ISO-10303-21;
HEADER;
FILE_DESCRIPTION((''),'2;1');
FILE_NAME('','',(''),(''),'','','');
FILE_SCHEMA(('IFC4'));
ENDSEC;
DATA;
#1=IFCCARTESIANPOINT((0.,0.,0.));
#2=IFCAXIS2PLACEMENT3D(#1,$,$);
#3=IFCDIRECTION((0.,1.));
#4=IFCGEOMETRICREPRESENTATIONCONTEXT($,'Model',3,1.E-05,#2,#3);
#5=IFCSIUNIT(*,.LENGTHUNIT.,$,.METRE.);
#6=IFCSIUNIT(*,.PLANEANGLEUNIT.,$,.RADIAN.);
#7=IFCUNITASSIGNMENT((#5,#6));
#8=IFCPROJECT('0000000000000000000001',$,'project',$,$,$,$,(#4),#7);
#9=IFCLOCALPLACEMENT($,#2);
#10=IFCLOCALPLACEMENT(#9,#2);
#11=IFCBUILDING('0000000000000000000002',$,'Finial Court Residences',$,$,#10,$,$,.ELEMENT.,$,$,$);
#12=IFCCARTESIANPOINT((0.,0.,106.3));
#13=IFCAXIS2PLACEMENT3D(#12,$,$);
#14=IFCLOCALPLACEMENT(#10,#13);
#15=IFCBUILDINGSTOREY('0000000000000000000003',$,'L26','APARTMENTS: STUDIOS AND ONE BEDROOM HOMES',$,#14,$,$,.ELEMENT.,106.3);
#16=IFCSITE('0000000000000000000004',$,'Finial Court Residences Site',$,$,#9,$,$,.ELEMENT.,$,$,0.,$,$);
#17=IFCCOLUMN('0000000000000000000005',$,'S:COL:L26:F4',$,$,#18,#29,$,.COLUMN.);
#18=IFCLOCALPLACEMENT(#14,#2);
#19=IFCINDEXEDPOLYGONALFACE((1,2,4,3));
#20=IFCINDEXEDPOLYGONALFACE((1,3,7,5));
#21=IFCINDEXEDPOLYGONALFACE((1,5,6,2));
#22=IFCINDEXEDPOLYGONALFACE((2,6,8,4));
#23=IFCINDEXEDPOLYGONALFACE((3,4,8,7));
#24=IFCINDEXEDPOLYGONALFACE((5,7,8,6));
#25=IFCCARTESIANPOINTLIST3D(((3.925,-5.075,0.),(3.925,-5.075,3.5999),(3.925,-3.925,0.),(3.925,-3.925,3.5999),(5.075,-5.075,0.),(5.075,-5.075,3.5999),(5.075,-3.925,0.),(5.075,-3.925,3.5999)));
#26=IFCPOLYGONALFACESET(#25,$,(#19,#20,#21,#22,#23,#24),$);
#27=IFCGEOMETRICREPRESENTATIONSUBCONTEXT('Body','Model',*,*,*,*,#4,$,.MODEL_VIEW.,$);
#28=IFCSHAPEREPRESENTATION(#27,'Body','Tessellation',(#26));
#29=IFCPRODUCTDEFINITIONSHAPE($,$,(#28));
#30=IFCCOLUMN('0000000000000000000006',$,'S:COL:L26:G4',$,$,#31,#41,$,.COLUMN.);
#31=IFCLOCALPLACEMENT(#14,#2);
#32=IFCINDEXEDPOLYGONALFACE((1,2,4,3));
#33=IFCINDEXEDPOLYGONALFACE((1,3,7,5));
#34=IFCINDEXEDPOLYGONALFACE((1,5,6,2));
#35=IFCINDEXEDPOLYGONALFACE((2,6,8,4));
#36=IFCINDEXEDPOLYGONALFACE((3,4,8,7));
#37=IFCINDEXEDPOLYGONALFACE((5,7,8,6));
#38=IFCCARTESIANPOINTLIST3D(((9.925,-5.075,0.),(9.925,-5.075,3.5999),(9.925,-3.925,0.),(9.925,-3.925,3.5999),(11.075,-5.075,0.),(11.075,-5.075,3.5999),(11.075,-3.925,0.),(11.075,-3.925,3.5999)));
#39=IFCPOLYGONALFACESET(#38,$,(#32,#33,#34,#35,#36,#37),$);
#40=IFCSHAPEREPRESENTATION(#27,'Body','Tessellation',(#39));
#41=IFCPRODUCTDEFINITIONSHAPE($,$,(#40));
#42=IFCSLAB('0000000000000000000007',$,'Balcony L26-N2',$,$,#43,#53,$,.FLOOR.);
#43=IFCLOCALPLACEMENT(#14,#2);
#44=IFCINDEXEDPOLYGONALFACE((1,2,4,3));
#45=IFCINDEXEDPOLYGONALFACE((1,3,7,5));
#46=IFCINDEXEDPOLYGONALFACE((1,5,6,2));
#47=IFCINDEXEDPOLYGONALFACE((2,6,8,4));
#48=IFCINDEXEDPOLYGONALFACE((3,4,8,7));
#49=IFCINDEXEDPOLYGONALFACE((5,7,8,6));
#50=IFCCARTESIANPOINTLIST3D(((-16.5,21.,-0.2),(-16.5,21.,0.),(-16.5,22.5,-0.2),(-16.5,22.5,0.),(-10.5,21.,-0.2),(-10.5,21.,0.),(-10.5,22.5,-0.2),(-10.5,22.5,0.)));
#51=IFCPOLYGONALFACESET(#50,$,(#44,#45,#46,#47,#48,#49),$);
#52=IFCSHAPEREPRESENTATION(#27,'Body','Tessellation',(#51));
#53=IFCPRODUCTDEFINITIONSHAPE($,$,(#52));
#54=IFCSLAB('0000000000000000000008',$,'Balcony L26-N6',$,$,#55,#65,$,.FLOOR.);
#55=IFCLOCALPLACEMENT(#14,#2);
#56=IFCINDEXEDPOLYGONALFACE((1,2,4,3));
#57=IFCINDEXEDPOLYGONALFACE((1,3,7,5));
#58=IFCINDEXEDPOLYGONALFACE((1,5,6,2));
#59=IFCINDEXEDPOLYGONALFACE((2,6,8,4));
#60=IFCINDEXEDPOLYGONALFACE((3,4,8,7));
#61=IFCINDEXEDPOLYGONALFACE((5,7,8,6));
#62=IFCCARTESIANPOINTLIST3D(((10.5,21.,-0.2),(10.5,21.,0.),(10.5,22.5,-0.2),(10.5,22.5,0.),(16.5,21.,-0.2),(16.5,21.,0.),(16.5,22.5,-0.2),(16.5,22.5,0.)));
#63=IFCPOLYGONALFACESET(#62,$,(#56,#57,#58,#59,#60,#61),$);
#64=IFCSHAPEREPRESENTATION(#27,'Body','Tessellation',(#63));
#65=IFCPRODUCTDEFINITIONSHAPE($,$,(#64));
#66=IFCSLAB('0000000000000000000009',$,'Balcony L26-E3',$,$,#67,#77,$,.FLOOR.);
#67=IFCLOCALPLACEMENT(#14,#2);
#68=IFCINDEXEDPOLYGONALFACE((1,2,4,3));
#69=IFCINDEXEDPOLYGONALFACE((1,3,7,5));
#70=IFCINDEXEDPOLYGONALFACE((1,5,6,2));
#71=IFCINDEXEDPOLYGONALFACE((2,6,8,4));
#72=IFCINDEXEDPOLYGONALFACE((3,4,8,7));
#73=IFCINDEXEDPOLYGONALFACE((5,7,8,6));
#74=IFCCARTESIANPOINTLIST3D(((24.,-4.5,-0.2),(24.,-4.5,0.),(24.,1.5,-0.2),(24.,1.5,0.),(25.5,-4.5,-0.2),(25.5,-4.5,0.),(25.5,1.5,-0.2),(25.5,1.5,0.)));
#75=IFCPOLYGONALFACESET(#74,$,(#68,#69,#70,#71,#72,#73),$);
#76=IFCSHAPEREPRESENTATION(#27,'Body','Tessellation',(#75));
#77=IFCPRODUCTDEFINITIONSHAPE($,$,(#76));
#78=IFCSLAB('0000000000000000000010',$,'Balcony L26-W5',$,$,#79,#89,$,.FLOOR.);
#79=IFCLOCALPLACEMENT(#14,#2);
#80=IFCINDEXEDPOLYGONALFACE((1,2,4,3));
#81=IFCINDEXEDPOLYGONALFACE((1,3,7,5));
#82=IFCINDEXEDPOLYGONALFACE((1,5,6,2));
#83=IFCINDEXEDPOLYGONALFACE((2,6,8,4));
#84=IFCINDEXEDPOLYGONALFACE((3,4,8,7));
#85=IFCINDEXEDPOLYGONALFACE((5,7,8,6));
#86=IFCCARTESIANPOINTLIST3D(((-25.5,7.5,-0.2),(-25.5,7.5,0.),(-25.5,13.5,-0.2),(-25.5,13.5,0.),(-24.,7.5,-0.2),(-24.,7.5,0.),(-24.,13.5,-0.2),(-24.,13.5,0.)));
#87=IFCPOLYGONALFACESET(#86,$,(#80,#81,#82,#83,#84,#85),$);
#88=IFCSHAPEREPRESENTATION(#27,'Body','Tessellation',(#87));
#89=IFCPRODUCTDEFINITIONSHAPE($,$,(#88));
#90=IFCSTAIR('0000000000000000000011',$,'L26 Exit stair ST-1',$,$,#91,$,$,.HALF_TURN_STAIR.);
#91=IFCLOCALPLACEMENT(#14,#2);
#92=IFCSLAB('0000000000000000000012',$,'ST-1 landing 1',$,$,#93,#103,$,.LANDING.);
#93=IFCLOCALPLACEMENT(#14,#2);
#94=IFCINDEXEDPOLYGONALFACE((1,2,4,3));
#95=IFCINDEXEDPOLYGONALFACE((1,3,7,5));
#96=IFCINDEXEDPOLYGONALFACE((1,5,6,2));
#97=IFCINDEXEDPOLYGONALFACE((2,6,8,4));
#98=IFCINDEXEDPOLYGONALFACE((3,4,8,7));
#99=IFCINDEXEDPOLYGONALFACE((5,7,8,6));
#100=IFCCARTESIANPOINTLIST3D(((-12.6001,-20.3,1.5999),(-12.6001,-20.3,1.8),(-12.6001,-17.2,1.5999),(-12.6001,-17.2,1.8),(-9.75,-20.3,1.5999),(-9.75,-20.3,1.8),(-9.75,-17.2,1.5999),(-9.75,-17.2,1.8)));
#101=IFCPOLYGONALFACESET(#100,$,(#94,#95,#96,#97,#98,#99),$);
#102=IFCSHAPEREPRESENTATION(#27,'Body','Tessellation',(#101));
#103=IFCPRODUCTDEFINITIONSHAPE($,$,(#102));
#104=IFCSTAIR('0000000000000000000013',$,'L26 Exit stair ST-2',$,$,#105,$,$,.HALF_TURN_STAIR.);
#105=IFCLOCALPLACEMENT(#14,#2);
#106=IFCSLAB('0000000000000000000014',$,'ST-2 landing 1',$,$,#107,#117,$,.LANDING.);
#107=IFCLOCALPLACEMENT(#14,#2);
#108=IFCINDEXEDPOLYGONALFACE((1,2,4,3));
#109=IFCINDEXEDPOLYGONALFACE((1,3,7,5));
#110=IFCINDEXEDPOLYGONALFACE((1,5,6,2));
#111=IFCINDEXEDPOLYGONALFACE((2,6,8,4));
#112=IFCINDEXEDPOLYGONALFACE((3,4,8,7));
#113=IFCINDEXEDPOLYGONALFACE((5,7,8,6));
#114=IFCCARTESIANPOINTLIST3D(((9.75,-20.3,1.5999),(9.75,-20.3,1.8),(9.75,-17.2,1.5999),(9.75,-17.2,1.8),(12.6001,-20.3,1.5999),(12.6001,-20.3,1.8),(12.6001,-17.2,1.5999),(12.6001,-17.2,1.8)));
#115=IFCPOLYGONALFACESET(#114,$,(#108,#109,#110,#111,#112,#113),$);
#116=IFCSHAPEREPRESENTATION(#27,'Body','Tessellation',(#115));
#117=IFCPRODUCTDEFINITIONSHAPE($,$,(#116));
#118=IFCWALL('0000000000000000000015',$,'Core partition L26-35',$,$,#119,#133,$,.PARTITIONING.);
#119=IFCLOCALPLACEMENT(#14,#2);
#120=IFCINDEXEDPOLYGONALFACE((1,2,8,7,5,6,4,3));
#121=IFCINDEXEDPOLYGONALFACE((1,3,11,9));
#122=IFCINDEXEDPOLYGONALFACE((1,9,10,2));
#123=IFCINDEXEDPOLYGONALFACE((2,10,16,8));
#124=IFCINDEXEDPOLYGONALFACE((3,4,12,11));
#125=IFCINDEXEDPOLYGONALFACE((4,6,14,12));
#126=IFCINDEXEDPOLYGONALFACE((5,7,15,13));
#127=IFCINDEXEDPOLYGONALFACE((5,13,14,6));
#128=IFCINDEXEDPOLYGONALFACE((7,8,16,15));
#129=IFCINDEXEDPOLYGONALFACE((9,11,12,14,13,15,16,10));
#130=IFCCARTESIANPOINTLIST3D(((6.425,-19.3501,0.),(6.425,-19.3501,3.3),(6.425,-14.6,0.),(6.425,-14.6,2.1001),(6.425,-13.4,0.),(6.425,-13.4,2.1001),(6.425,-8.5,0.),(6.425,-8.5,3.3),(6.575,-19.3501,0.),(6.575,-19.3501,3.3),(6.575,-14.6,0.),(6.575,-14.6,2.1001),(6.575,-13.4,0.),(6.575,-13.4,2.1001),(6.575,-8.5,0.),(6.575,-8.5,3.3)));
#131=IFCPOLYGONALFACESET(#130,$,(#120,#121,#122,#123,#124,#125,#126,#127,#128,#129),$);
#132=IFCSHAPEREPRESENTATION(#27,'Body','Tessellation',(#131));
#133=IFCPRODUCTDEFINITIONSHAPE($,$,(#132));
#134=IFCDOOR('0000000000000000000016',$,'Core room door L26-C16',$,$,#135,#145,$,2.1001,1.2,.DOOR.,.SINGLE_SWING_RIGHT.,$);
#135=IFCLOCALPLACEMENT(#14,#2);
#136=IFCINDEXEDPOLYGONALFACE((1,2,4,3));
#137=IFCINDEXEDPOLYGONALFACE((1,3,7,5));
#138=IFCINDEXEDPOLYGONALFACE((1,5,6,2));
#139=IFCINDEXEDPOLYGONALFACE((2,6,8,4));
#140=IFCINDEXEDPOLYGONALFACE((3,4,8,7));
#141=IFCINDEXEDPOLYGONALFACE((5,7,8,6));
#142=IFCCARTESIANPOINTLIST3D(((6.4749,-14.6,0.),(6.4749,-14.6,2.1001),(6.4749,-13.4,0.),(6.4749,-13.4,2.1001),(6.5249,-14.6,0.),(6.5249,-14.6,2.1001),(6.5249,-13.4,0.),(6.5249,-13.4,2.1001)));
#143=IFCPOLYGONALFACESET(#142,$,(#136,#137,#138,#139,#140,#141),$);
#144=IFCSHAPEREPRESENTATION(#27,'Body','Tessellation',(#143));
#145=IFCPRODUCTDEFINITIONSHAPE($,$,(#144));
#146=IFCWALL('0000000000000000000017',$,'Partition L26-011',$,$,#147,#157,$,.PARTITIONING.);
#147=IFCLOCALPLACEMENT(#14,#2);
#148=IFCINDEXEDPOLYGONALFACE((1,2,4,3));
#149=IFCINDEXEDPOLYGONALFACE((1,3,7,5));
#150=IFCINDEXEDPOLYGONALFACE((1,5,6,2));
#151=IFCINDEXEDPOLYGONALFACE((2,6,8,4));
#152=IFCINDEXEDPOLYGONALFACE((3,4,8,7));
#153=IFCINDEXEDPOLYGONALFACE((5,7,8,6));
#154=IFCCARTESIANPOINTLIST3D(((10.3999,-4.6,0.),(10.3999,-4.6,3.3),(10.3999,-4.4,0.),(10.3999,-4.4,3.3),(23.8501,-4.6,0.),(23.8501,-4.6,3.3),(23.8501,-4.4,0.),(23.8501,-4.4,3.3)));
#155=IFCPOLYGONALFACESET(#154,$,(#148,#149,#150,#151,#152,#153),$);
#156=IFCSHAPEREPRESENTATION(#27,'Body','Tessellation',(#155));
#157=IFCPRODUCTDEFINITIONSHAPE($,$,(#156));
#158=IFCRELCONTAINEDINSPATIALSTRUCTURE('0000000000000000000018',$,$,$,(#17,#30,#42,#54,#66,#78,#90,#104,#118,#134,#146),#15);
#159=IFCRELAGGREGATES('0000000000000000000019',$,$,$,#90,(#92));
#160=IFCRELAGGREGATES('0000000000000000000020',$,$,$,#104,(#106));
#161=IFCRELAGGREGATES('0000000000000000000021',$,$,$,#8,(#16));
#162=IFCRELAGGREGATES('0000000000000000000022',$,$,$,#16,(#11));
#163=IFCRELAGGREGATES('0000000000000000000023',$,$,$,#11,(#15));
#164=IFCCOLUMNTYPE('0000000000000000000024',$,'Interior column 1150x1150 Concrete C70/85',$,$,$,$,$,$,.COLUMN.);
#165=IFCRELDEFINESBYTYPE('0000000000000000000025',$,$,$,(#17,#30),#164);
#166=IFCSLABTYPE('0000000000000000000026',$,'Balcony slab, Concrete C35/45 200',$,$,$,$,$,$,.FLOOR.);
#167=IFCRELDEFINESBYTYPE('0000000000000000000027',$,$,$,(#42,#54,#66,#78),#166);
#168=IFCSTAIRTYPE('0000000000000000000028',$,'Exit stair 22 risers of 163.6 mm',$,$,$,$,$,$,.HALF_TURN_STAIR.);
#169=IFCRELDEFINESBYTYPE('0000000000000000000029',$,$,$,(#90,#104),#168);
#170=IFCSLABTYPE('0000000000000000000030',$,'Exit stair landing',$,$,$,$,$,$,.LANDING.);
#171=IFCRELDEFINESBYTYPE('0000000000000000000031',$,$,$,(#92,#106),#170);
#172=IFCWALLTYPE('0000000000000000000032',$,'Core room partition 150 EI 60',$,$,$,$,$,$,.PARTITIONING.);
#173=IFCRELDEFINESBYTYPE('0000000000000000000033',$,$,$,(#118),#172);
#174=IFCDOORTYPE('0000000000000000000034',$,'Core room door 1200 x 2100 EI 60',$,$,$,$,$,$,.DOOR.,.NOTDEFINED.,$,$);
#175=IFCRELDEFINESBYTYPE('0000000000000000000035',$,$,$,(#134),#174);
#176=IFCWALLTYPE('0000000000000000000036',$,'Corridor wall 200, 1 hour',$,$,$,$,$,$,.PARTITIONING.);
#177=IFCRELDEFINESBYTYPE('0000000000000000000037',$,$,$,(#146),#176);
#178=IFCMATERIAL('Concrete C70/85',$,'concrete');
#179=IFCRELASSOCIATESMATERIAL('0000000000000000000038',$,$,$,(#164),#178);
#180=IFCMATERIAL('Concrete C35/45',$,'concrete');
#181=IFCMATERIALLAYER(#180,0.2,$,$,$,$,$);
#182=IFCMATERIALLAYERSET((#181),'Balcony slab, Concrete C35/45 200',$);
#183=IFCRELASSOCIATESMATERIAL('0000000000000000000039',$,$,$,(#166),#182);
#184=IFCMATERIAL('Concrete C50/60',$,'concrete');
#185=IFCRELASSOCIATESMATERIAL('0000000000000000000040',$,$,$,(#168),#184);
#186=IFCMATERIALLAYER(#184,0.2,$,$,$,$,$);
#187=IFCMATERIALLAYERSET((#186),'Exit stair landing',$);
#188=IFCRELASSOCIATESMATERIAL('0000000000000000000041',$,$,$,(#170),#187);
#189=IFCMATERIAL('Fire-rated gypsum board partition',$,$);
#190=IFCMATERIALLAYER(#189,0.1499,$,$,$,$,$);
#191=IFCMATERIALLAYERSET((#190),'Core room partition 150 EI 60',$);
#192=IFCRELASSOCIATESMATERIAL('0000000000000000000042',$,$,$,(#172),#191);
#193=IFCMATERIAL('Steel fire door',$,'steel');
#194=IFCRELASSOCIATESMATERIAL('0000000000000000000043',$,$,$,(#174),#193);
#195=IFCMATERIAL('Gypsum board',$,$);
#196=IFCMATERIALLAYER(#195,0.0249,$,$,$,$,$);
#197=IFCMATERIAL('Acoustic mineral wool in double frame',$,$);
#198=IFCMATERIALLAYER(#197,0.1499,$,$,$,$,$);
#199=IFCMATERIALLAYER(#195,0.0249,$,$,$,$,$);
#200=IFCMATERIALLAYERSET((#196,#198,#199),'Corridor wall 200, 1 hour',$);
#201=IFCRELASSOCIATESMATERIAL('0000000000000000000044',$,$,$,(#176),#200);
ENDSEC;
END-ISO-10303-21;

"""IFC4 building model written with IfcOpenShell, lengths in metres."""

from ifc_helpers import new_model, si_unit, direction, frame, frame_2d, origin, origin_2d, place, context, subcontext, project, spatial, polyline, rectangle, outline, extrude, material, layer, layer_set, material_profile, profile_set, type_object, element, fill, aggregate, save


model = new_model("IFC4")

# Units and contexts
model_context = context("Model", 3, precision=1e-05, world=origin(), true_north=direction((0.0, 1.0)))
body_context = subcontext(model_context, "Body", "Model", "MODEL_VIEW")
ifc_project = project(units=[si_unit("LENGTHUNIT", "METRE"), si_unit("PLANEANGLEUNIT", "RADIAN")], contexts=[model_context])

# Site, building, storey
site_placement = place(None, origin())
site = spatial("IfcSite", under=ifc_project, at=site_placement, Name="Finial Court Residences Site", CompositionType="ELEMENT", RefElevation=0.0)
building_placement = place(site_placement, origin())
building = spatial("IfcBuilding", under=site, at=building_placement, Name="Finial Court Residences", CompositionType="ELEMENT")
storey_placement = place(building_placement, frame((0.0, 0.0, 106.3)))
storey = spatial("IfcBuildingStorey", under=building, at=storey_placement, Name="L26", Description="APARTMENTS: STUDIOS AND ONE BEDROOM HOMES", CompositionType="ELEMENT", Elevation=106.3)

# Columns
ifc_material_1 = material(Name="Concrete C70/85", Category="concrete")
ifc_material_profile = material_profile(ifc_material_1, rectangle(XDim=1.1499, YDim=1.1499, at=origin_2d()), Name="1150x1150")
ifc_profile_set = profile_set([ifc_material_profile], Name="Concrete C70/85")
column_type = type_object("IfcColumnType", Name="Interior column 1150x1150 Concrete C70/85", PredefinedType="COLUMN", material=ifc_profile_set)
for number, where, z_axis, x_axis, name in (
    (1, (4.5, -4.5, 0.0), (0.0, 0.0, 1.0), (1.0, 0.0, 0.0), "S:COL:L26:F4"),
    (2, (10.5, -4.5, 0.0), (0.0, 0.0, 1.0), (1.0, 0.0, 0.0), "S:COL:L26:G4"),
):
    element("IfcColumn", number, at=place(storey_placement, frame(where, z_axis=z_axis, x_axis=x_axis)), inside=storey, type_object=column_type, Name=name, PredefinedType="COLUMN", context=body_context, shape_type="SweptSolid", body=[
        extrude(rectangle(XDim=1.1499, YDim=1.1499, at=origin_2d()), origin(), (0.0, 0.0, 1.0), 3.5999),
    ])

# Slabs
ifc_material_2 = material(Name="Concrete C35/45", Category="concrete")
ifc_layer_1 = layer(ifc_material_2, 0.2)
ifc_layer_set_1 = layer_set([ifc_layer_1], Name="Balcony slab, Concrete C35/45 200")
slab_type_1 = type_object("IfcSlabType", Name="Balcony slab, Concrete C35/45 200", PredefinedType="FLOOR", material=ifc_layer_set_1)
slab_1_placement = place(storey_placement, frame((0.0, 0.0, -0.2)))
element("IfcSlab", 3, at=slab_1_placement, inside=storey, type_object=slab_type_1, Name="Balcony L26-N2", PredefinedType="FLOOR", context=body_context, shape_type="SweptSolid", body=[
    extrude(outline(polyline([(-10.5, 21.0), (-10.5, 22.5), (-16.5, 22.5), (-16.5, 21.0), (-10.5, 21.0)])), origin(), (0.0, 0.0, 1.0), 0.2),
])
slab_2_placement = place(storey_placement, frame((0.0, 0.0, -0.2)))
element("IfcSlab", 4, at=slab_2_placement, inside=storey, type_object=slab_type_1, Name="Balcony L26-N6", PredefinedType="FLOOR", context=body_context, shape_type="SweptSolid", body=[
    extrude(outline(polyline([(16.5, 21.0), (16.5, 22.5), (10.5, 22.5), (10.5, 21.0), (16.5, 21.0)])), origin(), (0.0, 0.0, 1.0), 0.2),
])
slab_3_placement = place(storey_placement, frame((0.0, 0.0, -0.2)))
element("IfcSlab", 5, at=slab_3_placement, inside=storey, type_object=slab_type_1, Name="Balcony L26-E3", PredefinedType="FLOOR", context=body_context, shape_type="SweptSolid", body=[
    extrude(outline(polyline([(25.5, -4.5), (25.5, 1.5), (24.0, 1.5), (24.0, -4.5), (25.5, -4.5)])), origin(), (0.0, 0.0, 1.0), 0.2),
])
slab_4_placement = place(storey_placement, frame((0.0, 0.0, -0.2)))
element("IfcSlab", 6, at=slab_4_placement, inside=storey, type_object=slab_type_1, Name="Balcony L26-W5", PredefinedType="FLOOR", context=body_context, shape_type="SweptSolid", body=[
    extrude(outline(polyline([(-24.0, 7.5), (-24.0, 13.5), (-25.5, 13.5), (-25.5, 7.5), (-24.0, 7.5)])), origin(), (0.0, 0.0, 1.0), 0.2),
])

# Stairs, slabs
ifc_material_3 = material(Name="Concrete C50/60", Category="concrete")
stair_type = type_object("IfcStairType", Name="Exit stair 22 risers of 163.6 mm", PredefinedType="HALF_TURN_STAIR", material=ifc_material_3)
stair_1_placement = place(storey_placement, origin())
stair_1 = element("IfcStair", 7, at=stair_1_placement, inside=storey, type_object=stair_type, Name="L26 Exit stair ST-1", PredefinedType="HALF_TURN_STAIR")
ifc_layer_2 = layer(ifc_material_3, 0.2)
ifc_layer_set_2 = layer_set([ifc_layer_2], Name="Exit stair landing")
slab_type_2 = type_object("IfcSlabType", Name="Exit stair landing", PredefinedType="LANDING", material=ifc_layer_set_2)
slab_5_placement = place(storey_placement, frame((0.0, 0.0, 1.5999)))
slab_5 = element("IfcSlab", 8, at=slab_5_placement, type_object=slab_type_2, Name="ST-1 landing 1", PredefinedType="LANDING", context=body_context, shape_type="SweptSolid", body=[
    extrude(outline(polyline([(-9.75, -20.3), (-9.75, -17.2), (-12.6001, -17.2), (-12.6001, -20.3), (-9.75, -20.3)])), origin(), (0.0, 0.0, 1.0), 0.2002),
])
aggregate(stair_1, [slab_5])
stair_2_placement = place(storey_placement, origin())
stair_2 = element("IfcStair", 9, at=stair_2_placement, inside=storey, type_object=stair_type, Name="L26 Exit stair ST-2", PredefinedType="HALF_TURN_STAIR")
slab_6_placement = place(storey_placement, frame((0.0, 0.0, 1.5999)))
slab_6 = element("IfcSlab", 10, at=slab_6_placement, type_object=slab_type_2, Name="ST-2 landing 1", PredefinedType="LANDING", context=body_context, shape_type="SweptSolid", body=[
    extrude(outline(polyline([(12.6001, -20.3), (12.6001, -17.2), (9.75, -17.2), (9.75, -20.3), (12.6001, -20.3)])), origin(), (0.0, 0.0, 1.0), 0.2002),
])
aggregate(stair_2, [slab_6])

# Wall, opening, door
ifc_material_4 = material(Name="Fire-rated gypsum board partition")
ifc_layer_3 = layer(ifc_material_4, 0.1499)
ifc_layer_set_3 = layer_set([ifc_layer_3], Name="Core room partition 150 EI 60")
wall_type_1 = type_object("IfcWallType", Name="Core room partition 150 EI 60", PredefinedType="PARTITIONING", material=ifc_layer_set_3)
wall_1_placement = place(storey_placement, frame((6.5, -8.5, 0.0), z_axis=(0.0, 0.0, 1.0), x_axis=(0.0, -1.0, 0.0)))
wall_1 = element("IfcWall", 11, at=wall_1_placement, inside=storey, type_object=wall_type_1, Name="Core partition L26-35", PredefinedType="PARTITIONING", context=body_context, shape_type="SweptSolid", body=[
    extrude(rectangle(XDim=10.8501, YDim=0.1499, at=frame_2d((5.425, 0.0))), origin(), (0.0, 0.0, 1.0), 3.3),
])
opening_1_placement = place(wall_1_placement, frame((4.8999, 0.0, 0.0)))
opening_1 = element("IfcOpeningElement", 12, at=opening_1_placement, cuts=wall_1, PredefinedType="OPENING", context=body_context, shape_type="SweptSolid", body=[
    extrude(rectangle(XDim=1.2, YDim=2.1001, at=frame_2d((0.6001, 1.05))), frame((0.0, 0.085, 0.0), z_axis=(0.0, -1.0, 0.0), x_axis=(1.0, 0.0, 0.0)), (0.0, 0.0, 1.0), 0.1699),
])
ifc_material_5 = material(Name="Steel fire door", Category="steel")
door_type_1 = type_object("IfcDoorType", Name="Core room door 1200 x 2100 EI 60", OperationType="NOTDEFINED", PredefinedType="DOOR", material=ifc_material_5)
door_1_placement = place(opening_1_placement, origin())
door_1 = element("IfcDoor", 13, at=door_1_placement, inside=storey, type_object=door_type_1, Name="Core room door L26-C16", OperationType="SINGLE_SWING_RIGHT", OverallHeight=2.1001, OverallWidth=1.2, PredefinedType="DOOR", context=body_context, shape_type="SweptSolid", body=[
    extrude(rectangle(XDim=1.2, YDim=2.1001, at=frame_2d((0.6001, 1.05))), frame((0.0, 0.0249, 0.0), z_axis=(0.0, -1.0, 0.0), x_axis=(1.0, 0.0, 0.0)), (0.0, 0.0, 1.0), 0.05),
])
fill(opening_1, door_1)

# Wall
ifc_material_6 = material(Name="Gypsum board")
ifc_layer_4 = layer(ifc_material_6, 0.0249)
ifc_material_7 = material(Name="Acoustic mineral wool in double frame")
ifc_layer_5 = layer(ifc_material_7, 0.1499)
ifc_layer_6 = layer(ifc_material_6, 0.0249)
ifc_layer_set_4 = layer_set([ifc_layer_4, ifc_layer_5, ifc_layer_6], Name="Corridor wall 200, 1 hour")
wall_type_2 = type_object("IfcWallType", Name="Corridor wall 200, 1 hour", PredefinedType="PARTITIONING", material=ifc_layer_set_4)
wall_2_placement = place(storey_placement, frame((10.3999, -4.5, 0.0), z_axis=(0.0, 0.0, 1.0), x_axis=(1.0, 0.0, 0.0)))
element("IfcWall", 14, at=wall_2_placement, inside=storey, type_object=wall_type_2, Name="Partition L26-011", PredefinedType="PARTITIONING", context=body_context, shape_type="SweptSolid", body=[
    extrude(rectangle(XDim=13.4502, YDim=0.2, at=frame_2d((6.7251, 0.0))), origin(), (0.0, 0.0, 1.0), 3.3),
])

save(model, "model.ifc")
